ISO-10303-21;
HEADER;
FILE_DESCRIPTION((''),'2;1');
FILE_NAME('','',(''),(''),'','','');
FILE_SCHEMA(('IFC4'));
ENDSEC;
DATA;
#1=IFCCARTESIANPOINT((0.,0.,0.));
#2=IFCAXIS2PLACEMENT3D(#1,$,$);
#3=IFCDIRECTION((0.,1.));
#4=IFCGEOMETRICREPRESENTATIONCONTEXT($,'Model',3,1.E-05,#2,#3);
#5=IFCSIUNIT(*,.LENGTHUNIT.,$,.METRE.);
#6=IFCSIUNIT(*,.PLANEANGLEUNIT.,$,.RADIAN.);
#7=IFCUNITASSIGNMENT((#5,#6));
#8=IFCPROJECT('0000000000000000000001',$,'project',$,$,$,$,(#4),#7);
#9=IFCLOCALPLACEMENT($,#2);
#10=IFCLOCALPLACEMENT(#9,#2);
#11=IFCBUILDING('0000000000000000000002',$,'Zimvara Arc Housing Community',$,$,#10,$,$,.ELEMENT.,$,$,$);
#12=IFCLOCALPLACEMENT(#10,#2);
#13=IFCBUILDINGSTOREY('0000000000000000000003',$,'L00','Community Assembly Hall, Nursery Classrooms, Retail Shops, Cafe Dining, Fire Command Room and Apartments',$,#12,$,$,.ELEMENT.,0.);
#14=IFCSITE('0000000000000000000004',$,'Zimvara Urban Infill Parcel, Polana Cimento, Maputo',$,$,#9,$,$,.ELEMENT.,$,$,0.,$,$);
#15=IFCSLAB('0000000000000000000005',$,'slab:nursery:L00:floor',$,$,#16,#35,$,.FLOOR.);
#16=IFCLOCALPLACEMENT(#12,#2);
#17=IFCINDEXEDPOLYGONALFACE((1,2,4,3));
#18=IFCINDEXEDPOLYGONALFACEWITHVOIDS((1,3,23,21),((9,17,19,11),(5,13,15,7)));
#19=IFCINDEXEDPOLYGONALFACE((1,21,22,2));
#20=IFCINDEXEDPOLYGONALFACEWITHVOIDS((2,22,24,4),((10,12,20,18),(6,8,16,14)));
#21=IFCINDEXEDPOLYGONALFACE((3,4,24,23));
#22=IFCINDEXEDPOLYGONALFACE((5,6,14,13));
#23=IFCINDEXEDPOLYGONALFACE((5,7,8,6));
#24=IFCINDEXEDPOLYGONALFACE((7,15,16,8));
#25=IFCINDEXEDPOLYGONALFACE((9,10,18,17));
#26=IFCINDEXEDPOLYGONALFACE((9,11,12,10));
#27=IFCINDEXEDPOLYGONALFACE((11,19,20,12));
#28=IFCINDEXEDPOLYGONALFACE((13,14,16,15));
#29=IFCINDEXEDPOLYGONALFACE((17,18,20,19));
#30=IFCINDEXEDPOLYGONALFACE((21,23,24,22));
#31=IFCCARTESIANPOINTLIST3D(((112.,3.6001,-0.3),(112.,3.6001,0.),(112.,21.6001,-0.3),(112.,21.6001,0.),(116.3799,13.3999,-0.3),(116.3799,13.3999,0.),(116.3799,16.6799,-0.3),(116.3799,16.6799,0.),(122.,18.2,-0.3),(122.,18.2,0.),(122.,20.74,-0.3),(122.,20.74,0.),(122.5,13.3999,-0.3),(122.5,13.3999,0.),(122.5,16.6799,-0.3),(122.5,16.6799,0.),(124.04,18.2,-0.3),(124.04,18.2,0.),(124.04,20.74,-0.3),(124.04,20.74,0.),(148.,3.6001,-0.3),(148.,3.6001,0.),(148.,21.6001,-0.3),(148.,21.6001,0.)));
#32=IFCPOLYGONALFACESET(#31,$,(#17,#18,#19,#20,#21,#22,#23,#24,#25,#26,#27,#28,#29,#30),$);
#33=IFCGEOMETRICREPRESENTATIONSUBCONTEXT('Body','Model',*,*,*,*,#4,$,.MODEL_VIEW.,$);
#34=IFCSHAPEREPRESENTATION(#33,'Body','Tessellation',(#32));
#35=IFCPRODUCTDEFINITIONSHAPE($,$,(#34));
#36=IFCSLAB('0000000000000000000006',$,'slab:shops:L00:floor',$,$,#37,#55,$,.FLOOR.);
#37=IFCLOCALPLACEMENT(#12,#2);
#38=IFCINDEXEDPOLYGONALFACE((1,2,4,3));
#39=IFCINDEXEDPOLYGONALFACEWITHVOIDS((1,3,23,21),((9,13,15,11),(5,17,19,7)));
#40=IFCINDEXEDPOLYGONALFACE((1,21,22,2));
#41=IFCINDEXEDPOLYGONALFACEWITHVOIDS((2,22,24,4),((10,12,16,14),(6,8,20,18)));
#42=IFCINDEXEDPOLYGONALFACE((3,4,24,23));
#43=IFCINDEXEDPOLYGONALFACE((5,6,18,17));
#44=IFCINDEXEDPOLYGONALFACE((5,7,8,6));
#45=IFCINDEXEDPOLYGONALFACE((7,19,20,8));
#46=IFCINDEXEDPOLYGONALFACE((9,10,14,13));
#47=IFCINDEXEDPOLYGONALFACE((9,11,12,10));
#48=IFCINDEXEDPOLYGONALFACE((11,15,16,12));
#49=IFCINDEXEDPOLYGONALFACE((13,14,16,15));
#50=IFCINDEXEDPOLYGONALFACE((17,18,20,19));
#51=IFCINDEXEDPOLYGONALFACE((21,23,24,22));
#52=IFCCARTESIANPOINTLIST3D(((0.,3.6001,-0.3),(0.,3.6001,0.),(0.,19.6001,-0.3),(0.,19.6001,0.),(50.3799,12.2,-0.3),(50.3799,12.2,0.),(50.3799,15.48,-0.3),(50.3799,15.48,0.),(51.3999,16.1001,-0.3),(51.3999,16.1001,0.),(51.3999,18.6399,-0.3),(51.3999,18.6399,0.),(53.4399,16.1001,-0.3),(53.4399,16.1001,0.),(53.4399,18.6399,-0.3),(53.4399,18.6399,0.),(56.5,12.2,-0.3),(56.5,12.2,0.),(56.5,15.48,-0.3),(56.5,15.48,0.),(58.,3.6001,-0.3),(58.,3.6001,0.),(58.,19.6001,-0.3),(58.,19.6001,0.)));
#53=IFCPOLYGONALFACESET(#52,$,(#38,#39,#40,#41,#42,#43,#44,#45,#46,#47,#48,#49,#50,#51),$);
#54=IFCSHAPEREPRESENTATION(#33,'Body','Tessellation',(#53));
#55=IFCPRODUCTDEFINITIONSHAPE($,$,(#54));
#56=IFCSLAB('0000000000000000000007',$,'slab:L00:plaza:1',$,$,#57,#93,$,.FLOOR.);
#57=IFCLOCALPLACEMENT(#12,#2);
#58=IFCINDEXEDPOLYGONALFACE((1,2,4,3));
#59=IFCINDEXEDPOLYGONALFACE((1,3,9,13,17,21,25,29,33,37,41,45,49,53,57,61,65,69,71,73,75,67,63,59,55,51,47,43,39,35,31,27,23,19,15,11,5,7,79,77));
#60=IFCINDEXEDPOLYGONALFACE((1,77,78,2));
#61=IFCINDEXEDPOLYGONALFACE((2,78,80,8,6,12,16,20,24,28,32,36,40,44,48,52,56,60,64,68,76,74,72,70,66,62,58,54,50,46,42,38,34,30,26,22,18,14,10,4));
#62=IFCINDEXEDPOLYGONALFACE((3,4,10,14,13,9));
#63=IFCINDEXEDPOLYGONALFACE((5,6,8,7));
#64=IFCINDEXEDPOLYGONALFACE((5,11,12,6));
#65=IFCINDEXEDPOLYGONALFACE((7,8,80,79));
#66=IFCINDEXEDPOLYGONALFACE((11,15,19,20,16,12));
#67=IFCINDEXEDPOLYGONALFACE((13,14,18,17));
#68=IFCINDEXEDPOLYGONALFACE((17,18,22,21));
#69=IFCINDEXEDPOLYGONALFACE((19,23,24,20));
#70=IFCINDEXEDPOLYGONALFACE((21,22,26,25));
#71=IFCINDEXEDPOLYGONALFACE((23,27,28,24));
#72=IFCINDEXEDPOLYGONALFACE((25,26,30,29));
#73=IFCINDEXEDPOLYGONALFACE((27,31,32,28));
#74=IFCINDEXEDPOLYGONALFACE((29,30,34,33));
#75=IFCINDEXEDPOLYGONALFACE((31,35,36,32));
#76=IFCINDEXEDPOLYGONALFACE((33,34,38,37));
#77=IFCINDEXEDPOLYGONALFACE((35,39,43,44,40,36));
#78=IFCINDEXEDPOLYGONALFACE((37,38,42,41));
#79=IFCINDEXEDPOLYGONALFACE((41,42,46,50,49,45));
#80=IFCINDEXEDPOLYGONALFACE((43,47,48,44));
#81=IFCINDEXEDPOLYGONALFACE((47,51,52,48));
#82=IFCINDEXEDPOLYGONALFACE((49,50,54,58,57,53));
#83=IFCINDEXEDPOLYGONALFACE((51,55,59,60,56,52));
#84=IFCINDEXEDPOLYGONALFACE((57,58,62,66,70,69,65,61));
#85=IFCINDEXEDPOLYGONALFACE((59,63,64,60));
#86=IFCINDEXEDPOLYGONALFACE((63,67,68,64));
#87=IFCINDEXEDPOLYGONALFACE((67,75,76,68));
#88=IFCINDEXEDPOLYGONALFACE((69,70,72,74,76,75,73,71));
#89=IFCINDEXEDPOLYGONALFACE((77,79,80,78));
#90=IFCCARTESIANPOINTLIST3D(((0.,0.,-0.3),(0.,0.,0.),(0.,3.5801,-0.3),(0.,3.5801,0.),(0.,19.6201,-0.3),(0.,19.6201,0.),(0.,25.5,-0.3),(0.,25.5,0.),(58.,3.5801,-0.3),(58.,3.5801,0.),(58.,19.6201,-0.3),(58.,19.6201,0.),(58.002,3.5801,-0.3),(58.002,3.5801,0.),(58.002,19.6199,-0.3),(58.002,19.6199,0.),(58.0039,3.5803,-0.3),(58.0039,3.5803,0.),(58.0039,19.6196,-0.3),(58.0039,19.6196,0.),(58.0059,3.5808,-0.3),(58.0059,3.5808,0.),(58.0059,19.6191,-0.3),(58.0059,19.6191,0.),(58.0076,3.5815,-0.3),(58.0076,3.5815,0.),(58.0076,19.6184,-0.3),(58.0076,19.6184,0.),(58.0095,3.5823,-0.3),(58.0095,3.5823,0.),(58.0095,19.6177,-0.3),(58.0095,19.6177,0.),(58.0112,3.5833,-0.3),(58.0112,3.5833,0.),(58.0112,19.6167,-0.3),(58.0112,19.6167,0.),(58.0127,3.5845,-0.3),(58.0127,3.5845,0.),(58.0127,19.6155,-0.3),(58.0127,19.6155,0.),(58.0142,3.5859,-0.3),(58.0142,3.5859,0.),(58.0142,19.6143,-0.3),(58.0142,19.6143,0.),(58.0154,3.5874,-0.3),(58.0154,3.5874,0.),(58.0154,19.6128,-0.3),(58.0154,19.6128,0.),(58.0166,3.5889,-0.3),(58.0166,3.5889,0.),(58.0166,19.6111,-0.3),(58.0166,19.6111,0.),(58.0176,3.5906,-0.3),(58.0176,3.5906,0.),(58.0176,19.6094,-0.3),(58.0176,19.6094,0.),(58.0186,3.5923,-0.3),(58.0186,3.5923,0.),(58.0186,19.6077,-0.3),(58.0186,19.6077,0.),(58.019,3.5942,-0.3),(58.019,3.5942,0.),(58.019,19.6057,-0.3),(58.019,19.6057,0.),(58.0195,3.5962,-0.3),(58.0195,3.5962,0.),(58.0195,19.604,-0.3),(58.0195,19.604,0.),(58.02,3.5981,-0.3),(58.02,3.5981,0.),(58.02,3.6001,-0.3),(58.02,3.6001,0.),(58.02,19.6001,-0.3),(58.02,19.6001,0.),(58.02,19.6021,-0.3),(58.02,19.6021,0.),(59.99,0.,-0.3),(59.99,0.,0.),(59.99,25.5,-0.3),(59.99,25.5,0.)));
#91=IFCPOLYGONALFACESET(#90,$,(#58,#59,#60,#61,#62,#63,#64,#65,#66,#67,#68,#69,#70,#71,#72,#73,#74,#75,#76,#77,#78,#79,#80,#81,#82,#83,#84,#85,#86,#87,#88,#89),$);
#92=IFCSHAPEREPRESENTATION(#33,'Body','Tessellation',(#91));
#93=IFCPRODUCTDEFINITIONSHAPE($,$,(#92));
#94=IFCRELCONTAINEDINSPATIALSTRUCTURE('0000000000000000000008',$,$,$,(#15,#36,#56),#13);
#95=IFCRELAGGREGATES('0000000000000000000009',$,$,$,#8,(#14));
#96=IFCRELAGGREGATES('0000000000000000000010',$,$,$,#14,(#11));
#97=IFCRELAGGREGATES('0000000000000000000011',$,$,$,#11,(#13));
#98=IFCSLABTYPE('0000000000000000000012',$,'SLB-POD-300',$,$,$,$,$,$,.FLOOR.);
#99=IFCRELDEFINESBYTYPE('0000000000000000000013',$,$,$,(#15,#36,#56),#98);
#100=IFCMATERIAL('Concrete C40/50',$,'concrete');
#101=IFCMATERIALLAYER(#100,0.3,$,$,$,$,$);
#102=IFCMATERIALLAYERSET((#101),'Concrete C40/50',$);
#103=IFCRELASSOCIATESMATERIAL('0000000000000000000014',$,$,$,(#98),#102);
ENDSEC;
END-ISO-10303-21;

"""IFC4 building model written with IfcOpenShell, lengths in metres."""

from ifc_helpers import new_model, si_unit, direction, frame, origin, place, context, subcontext, project, spatial, polyline, outline, extrude, material, layer, layer_set, type_object, element, save


model = new_model("IFC4")

# Units and contexts
model_context = context("Model", 3, precision=1e-05, world=origin(), true_north=direction((0.0, 1.0)))
body_context = subcontext(model_context, "Body", "Model", "MODEL_VIEW")
ifc_project = project(units=[si_unit("LENGTHUNIT", "METRE"), si_unit("PLANEANGLEUNIT", "RADIAN")], contexts=[model_context])

# Site, building, storey
site_placement = place(None, origin())
site = spatial("IfcSite", under=ifc_project, at=site_placement, Name="Zimvara Urban Infill Parcel, Polana Cimento, Maputo", CompositionType="ELEMENT", RefElevation=0.0)
building_placement = place(site_placement, origin())
building = spatial("IfcBuilding", under=site, at=building_placement, Name="Zimvara Arc Housing Community", CompositionType="ELEMENT")
storey_placement = place(building_placement, origin())
storey = spatial("IfcBuildingStorey", under=building, at=storey_placement, Name="L00", Description="Community Assembly Hall, Nursery Classrooms, Retail Shops, Cafe Dining, Fire Command Room and Apartments", CompositionType="ELEMENT", Elevation=0.0)

# Slabs
ifc_material_1 = material(Name="Concrete C40/50", Category="concrete")
ifc_layer_1 = layer(ifc_material_1, 0.3)
ifc_layer_set_1 = layer_set([ifc_layer_1], Name="Concrete C40/50")
slab_type_1 = type_object("IfcSlabType", Name="SLB-POD-300", PredefinedType="FLOOR", material=ifc_layer_set_1)
slab_1_placement = place(storey_placement, frame((0.0, 0.0, -0.3)))
element("IfcSlab", 1, at=slab_1_placement, inside=storey, type_object=slab_type_1, Name="slab:nursery:L00:floor", PredefinedType="FLOOR", context=body_context, shape_type="SweptSolid", body=[
    extrude(outline(polyline([(112.0, 3.6001), (148.0, 3.6001), (148.0, 21.6001), (112.0, 21.6001), (112.0, 3.6001)]), holes=[polyline([(116.3799, 16.6799), (122.5, 16.6799), (122.5, 13.3999), (116.3799, 13.3999), (116.3799, 16.6799)]), polyline([(122.0, 20.74), (124.04, 20.74), (124.04, 18.2), (122.0, 18.2), (122.0, 20.74)])]), origin(), (0.0, 0.0, 1.0), 0.3),
])
slab_2_placement = place(storey_placement, frame((0.0, 0.0, -0.3)))
element("IfcSlab", 2, at=slab_2_placement, inside=storey, type_object=slab_type_1, Name="slab:shops:L00:floor", PredefinedType="FLOOR", context=body_context, shape_type="SweptSolid", body=[
    extrude(outline(polyline([(0.0, 3.6001), (58.0, 3.6001), (58.0, 19.6001), (0.0, 19.6001), (0.0, 3.6001)]), holes=[polyline([(50.3799, 15.48), (56.5, 15.48), (56.5, 12.2), (50.3799, 12.2), (50.3799, 15.48)]), polyline([(51.3999, 18.6399), (53.4399, 18.6399), (53.4399, 16.1001), (51.3999, 16.1001), (51.3999, 18.6399)])]), origin(), (0.0, 0.0, 1.0), 0.3),
])
slab_3_placement = place(storey_placement, frame((0.0, 0.0, -0.3)))
element("IfcSlab", 3, at=slab_3_placement, inside=storey, type_object=slab_type_1, Name="slab:L00:plaza:1", PredefinedType="FLOOR", context=body_context, shape_type="SweptSolid", body=[
    extrude(outline(polyline([(59.99, 0.0), (59.99, 25.5), (0.0, 25.5), (0.0, 19.6201), (58.0, 19.6201), (58.002, 19.6199), (58.0039, 19.6196), (58.0059, 19.6191), (58.0076, 19.6184), (58.0095, 19.6177), (58.0112, 19.6167), (58.0127, 19.6155), (58.0142, 19.6143), (58.0154, 19.6128), (58.0166, 19.6111), (58.0176, 19.6094), (58.0186, 19.6077), (58.019, 19.6057), (58.0195, 19.604), (58.02, 19.6021), (58.02, 19.6001), (58.02, 3.6001), (58.02, 3.5981), (58.0195, 3.5962), (58.019, 3.5942), (58.0186, 3.5923), (58.0176, 3.5906), (58.0166, 3.5889), (58.0154, 3.5874), (58.0142, 3.5859), (58.0127, 3.5845), (58.0112, 3.5833), (58.0095, 3.5823), (58.0076, 3.5815), (58.0059, 3.5808), (58.0039, 3.5803), (58.002, 3.5801), (58.0, 3.5801), (0.0, 3.5801), (0.0, 0.0), (59.99, 0.0)])), origin(), (0.0, 0.0, 1.0), 0.3),
])

save(model, "model.ifc")
